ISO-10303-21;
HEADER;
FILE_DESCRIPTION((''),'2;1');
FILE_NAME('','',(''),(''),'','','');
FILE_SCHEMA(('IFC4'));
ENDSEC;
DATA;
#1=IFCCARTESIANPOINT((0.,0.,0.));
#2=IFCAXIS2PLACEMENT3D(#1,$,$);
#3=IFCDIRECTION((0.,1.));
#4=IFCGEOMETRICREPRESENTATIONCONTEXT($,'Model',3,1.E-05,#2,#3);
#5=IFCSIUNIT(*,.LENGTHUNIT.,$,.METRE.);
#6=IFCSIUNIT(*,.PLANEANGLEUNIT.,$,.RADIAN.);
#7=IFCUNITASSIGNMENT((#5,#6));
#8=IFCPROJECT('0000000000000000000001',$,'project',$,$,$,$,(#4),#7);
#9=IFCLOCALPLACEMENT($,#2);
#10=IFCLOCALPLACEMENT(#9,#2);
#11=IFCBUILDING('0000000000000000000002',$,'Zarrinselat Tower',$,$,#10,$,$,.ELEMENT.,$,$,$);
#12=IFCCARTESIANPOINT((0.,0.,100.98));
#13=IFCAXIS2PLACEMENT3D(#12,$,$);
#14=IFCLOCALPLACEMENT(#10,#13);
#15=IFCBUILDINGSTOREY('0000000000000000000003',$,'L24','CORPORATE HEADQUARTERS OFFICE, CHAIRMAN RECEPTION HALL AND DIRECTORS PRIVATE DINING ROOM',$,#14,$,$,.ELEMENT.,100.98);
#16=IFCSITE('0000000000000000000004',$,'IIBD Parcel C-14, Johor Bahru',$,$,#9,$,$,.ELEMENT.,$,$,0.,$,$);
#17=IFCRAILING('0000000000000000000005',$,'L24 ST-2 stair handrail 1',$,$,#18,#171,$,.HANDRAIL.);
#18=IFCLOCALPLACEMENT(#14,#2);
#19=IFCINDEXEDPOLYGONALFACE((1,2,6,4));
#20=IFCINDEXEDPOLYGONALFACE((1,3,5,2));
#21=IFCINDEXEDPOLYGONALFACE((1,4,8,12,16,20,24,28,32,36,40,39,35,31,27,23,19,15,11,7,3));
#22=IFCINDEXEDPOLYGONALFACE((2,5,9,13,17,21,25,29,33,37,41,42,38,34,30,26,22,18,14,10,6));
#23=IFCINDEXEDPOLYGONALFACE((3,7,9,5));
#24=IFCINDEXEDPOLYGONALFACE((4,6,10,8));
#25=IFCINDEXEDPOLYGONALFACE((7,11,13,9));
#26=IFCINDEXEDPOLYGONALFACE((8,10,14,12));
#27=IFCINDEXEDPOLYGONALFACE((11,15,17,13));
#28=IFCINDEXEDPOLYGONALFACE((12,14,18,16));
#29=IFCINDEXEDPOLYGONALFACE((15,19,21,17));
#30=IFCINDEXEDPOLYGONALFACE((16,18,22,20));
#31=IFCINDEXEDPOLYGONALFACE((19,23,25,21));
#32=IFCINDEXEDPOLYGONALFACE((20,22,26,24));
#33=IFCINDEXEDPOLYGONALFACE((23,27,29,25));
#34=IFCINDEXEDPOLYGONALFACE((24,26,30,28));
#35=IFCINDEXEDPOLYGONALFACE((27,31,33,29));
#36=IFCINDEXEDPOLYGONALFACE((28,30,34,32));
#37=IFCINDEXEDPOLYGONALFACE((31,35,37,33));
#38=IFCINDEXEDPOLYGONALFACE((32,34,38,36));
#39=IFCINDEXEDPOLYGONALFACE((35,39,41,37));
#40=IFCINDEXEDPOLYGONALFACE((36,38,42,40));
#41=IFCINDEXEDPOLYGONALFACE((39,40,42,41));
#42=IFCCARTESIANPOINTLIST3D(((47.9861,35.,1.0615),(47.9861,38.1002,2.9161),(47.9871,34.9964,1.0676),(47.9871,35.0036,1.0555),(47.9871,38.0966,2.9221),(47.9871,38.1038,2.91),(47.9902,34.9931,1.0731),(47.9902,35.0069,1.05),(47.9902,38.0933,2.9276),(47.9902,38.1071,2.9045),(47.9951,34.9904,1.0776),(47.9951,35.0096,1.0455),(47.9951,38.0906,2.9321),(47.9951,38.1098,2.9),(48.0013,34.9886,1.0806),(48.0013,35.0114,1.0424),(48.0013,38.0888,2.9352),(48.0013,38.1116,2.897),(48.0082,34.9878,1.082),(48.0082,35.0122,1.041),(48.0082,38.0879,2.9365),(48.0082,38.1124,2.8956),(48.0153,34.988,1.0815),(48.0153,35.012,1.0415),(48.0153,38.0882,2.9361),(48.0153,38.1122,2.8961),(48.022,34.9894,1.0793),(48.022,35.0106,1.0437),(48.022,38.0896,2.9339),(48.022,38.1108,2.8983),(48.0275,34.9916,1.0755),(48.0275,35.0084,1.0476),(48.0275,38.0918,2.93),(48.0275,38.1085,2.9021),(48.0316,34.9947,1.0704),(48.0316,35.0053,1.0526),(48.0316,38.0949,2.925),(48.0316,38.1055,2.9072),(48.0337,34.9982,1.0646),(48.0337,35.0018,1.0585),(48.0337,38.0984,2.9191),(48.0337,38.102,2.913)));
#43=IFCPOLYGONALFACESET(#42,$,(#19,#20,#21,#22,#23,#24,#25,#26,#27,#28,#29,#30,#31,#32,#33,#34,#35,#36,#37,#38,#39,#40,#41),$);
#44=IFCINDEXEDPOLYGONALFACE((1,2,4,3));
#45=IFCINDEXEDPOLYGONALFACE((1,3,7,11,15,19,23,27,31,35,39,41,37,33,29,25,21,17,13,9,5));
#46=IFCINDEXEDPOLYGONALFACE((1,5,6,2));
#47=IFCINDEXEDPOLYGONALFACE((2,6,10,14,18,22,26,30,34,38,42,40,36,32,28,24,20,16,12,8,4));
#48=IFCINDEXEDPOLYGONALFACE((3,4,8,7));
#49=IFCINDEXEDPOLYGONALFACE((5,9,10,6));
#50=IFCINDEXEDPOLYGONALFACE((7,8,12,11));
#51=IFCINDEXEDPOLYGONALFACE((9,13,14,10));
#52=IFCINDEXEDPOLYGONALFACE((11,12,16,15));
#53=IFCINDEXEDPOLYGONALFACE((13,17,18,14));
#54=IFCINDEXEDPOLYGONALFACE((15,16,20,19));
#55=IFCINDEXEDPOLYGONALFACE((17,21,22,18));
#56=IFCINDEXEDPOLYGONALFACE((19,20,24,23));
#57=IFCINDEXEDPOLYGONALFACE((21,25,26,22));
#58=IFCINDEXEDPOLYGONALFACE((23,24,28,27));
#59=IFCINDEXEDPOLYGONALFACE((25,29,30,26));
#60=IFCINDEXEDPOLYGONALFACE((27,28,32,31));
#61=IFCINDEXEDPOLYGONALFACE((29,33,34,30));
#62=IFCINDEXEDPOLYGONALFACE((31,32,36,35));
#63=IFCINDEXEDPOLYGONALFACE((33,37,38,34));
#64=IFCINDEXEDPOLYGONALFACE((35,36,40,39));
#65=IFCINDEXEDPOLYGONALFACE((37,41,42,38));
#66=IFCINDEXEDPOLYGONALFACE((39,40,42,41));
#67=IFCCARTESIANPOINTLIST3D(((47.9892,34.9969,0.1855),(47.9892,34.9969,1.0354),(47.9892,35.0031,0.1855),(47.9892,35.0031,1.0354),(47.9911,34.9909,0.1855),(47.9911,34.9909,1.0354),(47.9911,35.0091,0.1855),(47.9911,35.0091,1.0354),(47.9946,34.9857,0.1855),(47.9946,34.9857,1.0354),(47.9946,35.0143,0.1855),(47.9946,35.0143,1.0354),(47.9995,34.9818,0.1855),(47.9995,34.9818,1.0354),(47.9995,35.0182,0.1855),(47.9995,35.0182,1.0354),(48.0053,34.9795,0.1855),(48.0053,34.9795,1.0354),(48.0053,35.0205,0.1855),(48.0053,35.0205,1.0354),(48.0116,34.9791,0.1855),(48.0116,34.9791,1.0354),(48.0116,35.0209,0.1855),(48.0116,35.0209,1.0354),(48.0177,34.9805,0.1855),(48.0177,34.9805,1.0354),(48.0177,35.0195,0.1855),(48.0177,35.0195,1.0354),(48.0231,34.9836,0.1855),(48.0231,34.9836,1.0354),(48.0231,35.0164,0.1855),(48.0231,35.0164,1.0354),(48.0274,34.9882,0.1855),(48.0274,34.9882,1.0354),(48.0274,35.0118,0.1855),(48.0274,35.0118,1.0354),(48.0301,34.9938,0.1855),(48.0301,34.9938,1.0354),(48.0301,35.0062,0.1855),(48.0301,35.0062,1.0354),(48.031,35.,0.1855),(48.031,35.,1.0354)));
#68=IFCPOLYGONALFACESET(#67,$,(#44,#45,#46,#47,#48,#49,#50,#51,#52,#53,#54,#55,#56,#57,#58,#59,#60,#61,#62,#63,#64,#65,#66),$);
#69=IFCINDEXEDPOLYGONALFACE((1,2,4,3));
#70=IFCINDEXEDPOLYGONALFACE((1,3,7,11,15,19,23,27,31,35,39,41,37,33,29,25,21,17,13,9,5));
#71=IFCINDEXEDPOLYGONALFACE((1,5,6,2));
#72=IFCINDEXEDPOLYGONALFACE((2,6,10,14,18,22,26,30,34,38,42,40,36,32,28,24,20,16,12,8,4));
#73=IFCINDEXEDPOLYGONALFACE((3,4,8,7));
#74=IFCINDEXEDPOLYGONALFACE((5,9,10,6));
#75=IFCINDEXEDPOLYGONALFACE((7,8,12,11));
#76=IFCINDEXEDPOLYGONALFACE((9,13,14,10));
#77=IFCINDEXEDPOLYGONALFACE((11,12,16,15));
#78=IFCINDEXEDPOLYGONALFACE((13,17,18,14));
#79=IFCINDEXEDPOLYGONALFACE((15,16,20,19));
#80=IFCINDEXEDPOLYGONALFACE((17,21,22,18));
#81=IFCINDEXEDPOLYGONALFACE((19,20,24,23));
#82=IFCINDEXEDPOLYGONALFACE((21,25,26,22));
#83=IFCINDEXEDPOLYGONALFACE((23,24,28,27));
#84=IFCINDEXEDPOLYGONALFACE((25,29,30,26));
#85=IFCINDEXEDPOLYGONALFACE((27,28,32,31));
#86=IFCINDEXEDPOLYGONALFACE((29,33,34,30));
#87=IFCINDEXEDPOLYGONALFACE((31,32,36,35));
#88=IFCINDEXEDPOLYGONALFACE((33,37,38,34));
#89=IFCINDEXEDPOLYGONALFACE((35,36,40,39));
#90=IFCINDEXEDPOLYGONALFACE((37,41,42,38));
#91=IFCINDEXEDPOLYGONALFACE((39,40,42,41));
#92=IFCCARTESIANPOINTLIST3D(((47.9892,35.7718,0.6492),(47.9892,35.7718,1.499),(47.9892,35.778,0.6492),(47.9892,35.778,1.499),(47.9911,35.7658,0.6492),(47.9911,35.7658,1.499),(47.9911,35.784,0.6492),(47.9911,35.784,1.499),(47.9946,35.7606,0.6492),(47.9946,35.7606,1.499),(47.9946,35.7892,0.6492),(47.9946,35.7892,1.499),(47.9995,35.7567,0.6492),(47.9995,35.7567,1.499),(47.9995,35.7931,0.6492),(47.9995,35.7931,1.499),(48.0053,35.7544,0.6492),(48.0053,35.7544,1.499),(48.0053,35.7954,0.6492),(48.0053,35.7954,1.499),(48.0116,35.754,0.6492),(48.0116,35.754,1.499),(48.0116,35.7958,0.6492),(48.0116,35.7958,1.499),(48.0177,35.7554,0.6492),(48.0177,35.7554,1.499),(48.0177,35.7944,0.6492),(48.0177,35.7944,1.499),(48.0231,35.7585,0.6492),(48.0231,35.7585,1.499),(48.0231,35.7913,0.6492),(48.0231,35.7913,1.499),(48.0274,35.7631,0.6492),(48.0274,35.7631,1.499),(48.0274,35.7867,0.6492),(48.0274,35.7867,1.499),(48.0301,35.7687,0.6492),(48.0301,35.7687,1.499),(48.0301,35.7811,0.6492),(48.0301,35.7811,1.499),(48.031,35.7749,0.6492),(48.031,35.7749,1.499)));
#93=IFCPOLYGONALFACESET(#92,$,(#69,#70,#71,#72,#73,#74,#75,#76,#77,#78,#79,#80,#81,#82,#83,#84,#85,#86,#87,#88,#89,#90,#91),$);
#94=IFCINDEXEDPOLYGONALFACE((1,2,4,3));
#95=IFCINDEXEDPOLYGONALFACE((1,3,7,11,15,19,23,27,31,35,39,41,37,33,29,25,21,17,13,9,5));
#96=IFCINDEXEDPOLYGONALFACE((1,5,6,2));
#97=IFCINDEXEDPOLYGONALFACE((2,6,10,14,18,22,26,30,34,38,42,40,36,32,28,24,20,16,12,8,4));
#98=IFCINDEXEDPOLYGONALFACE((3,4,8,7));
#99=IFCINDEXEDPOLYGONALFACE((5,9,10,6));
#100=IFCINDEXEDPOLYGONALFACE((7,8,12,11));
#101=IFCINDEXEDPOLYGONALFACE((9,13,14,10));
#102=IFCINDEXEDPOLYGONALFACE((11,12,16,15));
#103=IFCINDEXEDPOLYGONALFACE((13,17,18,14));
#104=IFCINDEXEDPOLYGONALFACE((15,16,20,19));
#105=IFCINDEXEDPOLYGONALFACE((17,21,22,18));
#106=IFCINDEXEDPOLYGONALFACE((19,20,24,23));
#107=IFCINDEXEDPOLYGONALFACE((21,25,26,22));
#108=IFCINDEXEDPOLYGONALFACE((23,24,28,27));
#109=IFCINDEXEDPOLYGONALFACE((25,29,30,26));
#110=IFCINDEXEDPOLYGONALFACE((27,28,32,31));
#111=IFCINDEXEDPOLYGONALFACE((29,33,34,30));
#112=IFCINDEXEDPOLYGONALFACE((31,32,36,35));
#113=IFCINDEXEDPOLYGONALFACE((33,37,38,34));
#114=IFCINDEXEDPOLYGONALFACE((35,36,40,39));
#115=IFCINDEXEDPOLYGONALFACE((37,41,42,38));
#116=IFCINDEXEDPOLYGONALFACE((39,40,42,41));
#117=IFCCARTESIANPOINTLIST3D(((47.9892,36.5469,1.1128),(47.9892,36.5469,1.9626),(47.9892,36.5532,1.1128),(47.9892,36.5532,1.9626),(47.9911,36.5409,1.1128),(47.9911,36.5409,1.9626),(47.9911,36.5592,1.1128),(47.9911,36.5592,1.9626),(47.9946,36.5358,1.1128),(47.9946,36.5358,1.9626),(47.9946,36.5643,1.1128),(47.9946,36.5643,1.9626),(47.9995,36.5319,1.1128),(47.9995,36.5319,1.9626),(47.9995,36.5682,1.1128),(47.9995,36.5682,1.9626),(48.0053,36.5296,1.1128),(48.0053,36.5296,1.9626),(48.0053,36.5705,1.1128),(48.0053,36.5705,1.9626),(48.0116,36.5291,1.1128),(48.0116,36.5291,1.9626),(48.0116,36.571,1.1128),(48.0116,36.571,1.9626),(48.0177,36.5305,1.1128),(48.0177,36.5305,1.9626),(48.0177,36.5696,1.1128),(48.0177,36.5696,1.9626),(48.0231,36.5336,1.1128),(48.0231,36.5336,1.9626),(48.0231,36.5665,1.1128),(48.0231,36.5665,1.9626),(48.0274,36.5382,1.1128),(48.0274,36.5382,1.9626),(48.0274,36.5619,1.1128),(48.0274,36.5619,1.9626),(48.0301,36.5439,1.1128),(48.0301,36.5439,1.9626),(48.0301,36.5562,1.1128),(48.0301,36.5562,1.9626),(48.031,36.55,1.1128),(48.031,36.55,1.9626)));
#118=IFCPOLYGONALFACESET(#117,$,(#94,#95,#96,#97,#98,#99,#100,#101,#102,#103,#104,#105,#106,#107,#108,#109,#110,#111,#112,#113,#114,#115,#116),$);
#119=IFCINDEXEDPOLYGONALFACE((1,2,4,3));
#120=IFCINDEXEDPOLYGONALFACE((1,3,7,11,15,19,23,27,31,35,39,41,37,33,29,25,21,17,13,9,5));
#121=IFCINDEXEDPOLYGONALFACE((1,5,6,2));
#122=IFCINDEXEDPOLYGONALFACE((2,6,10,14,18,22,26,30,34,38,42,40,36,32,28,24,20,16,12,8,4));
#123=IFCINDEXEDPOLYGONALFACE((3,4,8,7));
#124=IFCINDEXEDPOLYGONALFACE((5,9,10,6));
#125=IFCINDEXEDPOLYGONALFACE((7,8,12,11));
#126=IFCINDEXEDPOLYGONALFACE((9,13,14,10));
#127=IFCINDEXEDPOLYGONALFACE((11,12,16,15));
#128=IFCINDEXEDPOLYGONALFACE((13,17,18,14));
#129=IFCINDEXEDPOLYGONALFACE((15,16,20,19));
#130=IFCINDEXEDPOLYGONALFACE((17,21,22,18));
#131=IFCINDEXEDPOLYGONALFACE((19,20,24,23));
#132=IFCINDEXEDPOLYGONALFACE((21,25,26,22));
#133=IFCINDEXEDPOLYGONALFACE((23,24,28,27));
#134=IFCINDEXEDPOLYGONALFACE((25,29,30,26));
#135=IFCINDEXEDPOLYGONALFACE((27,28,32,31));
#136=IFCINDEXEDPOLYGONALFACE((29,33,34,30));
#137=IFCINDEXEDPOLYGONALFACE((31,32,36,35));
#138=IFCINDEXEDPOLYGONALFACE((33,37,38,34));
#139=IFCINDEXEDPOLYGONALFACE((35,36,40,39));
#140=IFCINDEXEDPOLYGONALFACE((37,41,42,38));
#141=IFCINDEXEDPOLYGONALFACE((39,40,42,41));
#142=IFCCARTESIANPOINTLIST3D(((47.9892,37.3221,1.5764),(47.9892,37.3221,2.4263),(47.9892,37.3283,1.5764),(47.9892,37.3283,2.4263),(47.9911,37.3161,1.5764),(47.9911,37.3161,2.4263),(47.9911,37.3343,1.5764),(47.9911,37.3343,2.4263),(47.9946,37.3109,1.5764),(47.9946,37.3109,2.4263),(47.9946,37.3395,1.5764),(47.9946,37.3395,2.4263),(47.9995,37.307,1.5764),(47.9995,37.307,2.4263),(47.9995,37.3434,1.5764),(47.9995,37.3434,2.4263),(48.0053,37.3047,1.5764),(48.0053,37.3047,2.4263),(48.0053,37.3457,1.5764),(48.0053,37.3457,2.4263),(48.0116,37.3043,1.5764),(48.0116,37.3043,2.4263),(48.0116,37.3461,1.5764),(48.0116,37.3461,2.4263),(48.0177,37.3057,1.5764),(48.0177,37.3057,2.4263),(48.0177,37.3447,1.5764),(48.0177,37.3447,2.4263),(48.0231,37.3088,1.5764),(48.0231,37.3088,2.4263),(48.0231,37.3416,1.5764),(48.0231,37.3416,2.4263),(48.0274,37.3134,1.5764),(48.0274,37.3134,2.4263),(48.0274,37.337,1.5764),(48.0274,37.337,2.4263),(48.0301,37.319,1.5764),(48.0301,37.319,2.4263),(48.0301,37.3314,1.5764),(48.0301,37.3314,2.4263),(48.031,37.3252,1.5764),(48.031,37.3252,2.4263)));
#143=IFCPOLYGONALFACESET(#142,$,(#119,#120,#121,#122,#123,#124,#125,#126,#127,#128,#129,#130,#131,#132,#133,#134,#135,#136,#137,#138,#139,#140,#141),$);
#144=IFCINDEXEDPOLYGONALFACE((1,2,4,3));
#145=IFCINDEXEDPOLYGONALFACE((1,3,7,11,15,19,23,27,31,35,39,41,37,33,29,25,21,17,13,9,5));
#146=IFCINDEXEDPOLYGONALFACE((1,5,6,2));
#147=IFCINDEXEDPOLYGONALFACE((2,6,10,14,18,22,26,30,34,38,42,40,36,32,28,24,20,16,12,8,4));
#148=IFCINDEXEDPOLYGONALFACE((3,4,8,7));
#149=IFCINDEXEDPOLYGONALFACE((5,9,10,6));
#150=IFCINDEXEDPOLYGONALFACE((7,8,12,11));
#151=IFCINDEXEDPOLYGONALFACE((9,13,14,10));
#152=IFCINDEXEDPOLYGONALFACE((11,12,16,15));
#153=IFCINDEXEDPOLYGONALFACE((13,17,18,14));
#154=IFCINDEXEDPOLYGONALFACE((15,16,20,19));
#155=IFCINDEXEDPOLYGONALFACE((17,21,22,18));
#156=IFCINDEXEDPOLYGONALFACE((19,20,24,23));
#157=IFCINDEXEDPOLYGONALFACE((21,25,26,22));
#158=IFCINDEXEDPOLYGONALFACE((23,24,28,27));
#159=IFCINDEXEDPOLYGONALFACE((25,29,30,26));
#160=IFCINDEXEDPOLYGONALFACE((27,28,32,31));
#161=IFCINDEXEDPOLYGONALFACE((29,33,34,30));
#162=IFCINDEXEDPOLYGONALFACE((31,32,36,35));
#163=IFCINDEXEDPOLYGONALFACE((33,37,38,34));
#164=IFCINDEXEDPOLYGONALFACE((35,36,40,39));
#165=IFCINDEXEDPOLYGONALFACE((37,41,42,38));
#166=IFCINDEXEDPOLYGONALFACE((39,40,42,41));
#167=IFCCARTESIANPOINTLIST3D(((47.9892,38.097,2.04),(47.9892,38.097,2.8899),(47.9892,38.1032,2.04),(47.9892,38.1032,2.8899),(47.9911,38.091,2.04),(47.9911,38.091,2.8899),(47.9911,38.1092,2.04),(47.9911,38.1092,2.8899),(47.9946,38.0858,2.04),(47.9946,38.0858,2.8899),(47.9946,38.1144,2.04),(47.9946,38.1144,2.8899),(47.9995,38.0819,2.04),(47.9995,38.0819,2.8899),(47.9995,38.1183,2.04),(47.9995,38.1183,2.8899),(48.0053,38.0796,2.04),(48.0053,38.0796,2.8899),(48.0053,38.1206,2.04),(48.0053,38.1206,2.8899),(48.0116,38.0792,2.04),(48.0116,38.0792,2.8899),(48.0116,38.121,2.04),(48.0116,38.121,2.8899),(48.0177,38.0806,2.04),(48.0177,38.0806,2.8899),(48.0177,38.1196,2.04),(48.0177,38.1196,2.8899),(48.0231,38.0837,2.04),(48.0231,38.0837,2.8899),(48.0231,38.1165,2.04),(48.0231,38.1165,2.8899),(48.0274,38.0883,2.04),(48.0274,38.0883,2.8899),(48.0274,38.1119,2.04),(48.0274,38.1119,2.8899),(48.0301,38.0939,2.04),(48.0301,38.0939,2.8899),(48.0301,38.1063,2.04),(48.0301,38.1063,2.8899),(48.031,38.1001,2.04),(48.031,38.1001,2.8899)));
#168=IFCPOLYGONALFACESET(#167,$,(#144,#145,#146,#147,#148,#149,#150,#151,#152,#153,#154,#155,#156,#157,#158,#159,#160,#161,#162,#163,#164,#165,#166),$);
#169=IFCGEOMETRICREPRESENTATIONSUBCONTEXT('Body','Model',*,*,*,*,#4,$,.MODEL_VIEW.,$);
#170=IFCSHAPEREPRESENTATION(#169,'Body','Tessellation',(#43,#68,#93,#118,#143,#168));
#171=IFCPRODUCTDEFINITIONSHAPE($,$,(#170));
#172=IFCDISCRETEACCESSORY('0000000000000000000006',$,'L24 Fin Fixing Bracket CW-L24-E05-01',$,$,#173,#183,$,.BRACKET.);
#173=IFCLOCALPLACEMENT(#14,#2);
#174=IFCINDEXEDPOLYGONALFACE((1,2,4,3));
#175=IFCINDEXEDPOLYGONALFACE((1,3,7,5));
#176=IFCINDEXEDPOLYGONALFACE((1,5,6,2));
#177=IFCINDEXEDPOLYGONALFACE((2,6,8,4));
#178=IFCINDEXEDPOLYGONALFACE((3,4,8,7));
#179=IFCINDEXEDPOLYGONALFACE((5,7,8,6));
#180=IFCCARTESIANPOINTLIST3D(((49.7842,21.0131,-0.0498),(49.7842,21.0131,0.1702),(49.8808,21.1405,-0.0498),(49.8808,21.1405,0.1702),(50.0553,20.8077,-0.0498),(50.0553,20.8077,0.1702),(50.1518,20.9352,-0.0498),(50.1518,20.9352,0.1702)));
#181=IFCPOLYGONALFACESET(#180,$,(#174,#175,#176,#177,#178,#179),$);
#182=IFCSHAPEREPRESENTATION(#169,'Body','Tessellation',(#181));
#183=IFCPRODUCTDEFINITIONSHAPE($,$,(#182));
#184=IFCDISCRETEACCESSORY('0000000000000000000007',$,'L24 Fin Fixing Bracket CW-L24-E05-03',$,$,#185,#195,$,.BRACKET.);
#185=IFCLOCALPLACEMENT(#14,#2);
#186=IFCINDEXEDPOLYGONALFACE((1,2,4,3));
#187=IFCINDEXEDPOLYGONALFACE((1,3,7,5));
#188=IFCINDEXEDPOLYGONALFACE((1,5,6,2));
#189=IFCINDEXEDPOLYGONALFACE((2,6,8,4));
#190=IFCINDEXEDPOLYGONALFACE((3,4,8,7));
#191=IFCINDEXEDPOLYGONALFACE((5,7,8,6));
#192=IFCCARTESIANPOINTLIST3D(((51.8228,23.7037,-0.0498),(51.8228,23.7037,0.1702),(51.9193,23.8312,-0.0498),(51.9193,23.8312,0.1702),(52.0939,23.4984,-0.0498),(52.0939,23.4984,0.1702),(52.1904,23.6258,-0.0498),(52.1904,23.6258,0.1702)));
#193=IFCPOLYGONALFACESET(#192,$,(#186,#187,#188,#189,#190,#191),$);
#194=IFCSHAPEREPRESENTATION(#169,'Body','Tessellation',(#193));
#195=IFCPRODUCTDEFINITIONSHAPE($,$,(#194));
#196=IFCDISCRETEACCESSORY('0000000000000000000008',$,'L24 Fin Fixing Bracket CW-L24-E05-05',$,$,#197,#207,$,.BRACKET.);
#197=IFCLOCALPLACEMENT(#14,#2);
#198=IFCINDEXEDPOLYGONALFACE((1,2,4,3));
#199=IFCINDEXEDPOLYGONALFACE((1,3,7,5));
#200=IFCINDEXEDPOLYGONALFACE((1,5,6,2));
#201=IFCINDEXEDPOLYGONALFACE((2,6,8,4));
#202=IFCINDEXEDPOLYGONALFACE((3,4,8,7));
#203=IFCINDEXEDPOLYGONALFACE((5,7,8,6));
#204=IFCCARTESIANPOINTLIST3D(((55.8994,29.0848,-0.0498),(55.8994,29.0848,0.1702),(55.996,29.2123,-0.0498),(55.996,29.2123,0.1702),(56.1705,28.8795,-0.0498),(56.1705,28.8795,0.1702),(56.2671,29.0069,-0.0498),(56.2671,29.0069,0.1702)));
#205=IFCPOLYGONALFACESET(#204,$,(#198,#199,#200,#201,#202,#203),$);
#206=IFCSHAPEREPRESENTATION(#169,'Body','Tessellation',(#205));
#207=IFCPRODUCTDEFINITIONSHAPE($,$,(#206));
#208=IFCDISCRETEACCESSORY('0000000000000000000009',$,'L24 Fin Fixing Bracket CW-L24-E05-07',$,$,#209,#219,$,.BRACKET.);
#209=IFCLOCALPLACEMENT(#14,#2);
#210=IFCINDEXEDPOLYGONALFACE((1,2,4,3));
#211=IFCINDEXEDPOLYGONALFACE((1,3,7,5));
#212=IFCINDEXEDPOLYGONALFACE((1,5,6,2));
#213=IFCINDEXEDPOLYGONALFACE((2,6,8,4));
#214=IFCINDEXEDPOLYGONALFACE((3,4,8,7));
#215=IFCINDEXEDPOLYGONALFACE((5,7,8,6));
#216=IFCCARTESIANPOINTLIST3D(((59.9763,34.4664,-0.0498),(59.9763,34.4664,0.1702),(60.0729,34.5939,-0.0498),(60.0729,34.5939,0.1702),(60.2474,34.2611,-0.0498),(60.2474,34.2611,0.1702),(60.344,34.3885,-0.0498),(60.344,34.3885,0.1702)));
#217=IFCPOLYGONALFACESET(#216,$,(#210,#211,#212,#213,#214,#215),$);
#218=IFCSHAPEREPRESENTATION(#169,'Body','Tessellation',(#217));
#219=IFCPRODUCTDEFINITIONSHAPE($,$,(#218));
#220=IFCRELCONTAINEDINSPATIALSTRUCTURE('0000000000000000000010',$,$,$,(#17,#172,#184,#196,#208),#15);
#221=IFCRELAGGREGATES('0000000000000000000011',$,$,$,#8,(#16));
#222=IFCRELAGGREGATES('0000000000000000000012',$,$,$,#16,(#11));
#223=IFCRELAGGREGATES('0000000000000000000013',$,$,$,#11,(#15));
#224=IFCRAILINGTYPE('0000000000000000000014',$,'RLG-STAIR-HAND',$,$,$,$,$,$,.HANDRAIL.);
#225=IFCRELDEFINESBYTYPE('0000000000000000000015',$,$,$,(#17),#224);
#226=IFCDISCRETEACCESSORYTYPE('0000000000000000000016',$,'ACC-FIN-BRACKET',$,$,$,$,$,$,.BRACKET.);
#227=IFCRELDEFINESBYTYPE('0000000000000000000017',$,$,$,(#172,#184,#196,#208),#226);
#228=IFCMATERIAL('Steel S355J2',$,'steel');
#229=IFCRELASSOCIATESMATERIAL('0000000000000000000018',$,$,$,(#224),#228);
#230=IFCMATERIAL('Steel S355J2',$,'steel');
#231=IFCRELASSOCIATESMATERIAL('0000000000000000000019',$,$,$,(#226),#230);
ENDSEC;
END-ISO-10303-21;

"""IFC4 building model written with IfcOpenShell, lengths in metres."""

from ifc_helpers import new_model, si_unit, direction, frame, origin, origin_2d, place, context, subcontext, project, spatial, rectangle, circle, extrude, material, type_object, element, save


model = new_model("IFC4")

# Units and contexts
model_context = context("Model", 3, precision=1e-05, world=origin(), true_north=direction((0.0, 1.0)))
body_context = subcontext(model_context, "Body", "Model", "MODEL_VIEW")
ifc_project = project(units=[si_unit("LENGTHUNIT", "METRE"), si_unit("PLANEANGLEUNIT", "RADIAN")], contexts=[model_context])

# Site, building, storey
site_placement = place(None, origin())
site = spatial("IfcSite", under=ifc_project, at=site_placement, Name="IIBD Parcel C-14, Johor Bahru", CompositionType="ELEMENT", RefElevation=0.0)
building_placement = place(site_placement, origin())
building = spatial("IfcBuilding", under=site, at=building_placement, Name="Zarrinselat Tower", CompositionType="ELEMENT")
storey_placement = place(building_placement, frame((0.0, 0.0, 100.98)))
storey = spatial("IfcBuildingStorey", under=building, at=storey_placement, Name="L24", Description="CORPORATE HEADQUARTERS OFFICE, CHAIRMAN RECEPTION HALL AND DIRECTORS PRIVATE DINING ROOM", CompositionType="ELEMENT", Elevation=100.98)

# Railing
ifc_material_1 = material(Name="Steel S355J2", Category="steel")
railing_type = type_object("IfcRailingType", Name="RLG-STAIR-HAND", PredefinedType="HANDRAIL", material=ifc_material_1)
railing_placement = place(storey_placement, frame((48.01, 35.0, 0.1855)))
element("IfcRailing", 1, at=railing_placement, inside=storey, type_object=railing_type, Name="L24 ST-2 stair handrail 1", PredefinedType="HANDRAIL", context=body_context, shape_type="SweptSolid", body=[
    extrude(circle(Radius=0.0239, at=origin_2d()), frame((0.0, 0.0, 0.876), z_axis=(0.0, 0.858172, 0.513362), x_axis=(-1.0, 0.0, 0.0)), (0.0, 0.0, 1.0), 3.6125),
    extrude(circle(Radius=0.021, at=origin_2d()), origin(), (0.0, 0.0, 1.0), 0.8499),
    extrude(circle(Radius=0.021, at=origin_2d()), frame((0.0, 0.7749, 0.4636)), (0.0, 0.0, 1.0), 0.8499),
    extrude(circle(Radius=0.021, at=origin_2d()), frame((0.0, 1.55, 0.9272)), (0.0, 0.0, 1.0), 0.8499),
    extrude(circle(Radius=0.021, at=origin_2d()), frame((0.0, 2.3252, 1.3909)), (0.0, 0.0, 1.0), 0.8499),
    extrude(circle(Radius=0.021, at=origin_2d()), frame((0.0, 3.1001, 1.8545)), (0.0, 0.0, 1.0), 0.8499),
])

# Discrete accessories
ifc_material_2 = material(Name="Steel S355J2", Category="steel")
discrete_accessory_type = type_object("IfcDiscreteAccessoryType", Name="ACC-FIN-BRACKET", PredefinedType="BRACKET", material=ifc_material_2)
for number, where, z_axis, x_axis, name in (
    (2, (49.968, 20.9741, -0.0498), (0.0, 0.0, 1.0), (0.797092, -0.603858, 0.0), "L24 Fin Fixing Bracket CW-L24-E05-01"),
    (3, (52.0066, 23.6648, -0.0498), (0.0, 0.0, 1.0), (0.797092, -0.603858, 0.0), "L24 Fin Fixing Bracket CW-L24-E05-03"),
    (4, (56.0833, 29.0459, -0.0498), (0.0, 0.0, 1.0), (0.797092, -0.603858, 0.0), "L24 Fin Fixing Bracket CW-L24-E05-05"),
    (5, (60.1602, 34.4275, -0.0498), (0.0, 0.0, 1.0), (0.797092, -0.603858, 0.0), "L24 Fin Fixing Bracket CW-L24-E05-07"),
):
    element("IfcDiscreteAccessory", number, at=place(storey_placement, frame(where, z_axis=z_axis, x_axis=x_axis)), inside=storey, type_object=discrete_accessory_type, Name=name, PredefinedType="BRACKET", context=body_context, shape_type="SweptSolid", body=[
        extrude(rectangle(XDim=0.3401, YDim=0.1599, at=origin_2d()), origin(), (0.0, 0.0, 1.0), 0.22),
    ])

save(model, "model.ifc")
